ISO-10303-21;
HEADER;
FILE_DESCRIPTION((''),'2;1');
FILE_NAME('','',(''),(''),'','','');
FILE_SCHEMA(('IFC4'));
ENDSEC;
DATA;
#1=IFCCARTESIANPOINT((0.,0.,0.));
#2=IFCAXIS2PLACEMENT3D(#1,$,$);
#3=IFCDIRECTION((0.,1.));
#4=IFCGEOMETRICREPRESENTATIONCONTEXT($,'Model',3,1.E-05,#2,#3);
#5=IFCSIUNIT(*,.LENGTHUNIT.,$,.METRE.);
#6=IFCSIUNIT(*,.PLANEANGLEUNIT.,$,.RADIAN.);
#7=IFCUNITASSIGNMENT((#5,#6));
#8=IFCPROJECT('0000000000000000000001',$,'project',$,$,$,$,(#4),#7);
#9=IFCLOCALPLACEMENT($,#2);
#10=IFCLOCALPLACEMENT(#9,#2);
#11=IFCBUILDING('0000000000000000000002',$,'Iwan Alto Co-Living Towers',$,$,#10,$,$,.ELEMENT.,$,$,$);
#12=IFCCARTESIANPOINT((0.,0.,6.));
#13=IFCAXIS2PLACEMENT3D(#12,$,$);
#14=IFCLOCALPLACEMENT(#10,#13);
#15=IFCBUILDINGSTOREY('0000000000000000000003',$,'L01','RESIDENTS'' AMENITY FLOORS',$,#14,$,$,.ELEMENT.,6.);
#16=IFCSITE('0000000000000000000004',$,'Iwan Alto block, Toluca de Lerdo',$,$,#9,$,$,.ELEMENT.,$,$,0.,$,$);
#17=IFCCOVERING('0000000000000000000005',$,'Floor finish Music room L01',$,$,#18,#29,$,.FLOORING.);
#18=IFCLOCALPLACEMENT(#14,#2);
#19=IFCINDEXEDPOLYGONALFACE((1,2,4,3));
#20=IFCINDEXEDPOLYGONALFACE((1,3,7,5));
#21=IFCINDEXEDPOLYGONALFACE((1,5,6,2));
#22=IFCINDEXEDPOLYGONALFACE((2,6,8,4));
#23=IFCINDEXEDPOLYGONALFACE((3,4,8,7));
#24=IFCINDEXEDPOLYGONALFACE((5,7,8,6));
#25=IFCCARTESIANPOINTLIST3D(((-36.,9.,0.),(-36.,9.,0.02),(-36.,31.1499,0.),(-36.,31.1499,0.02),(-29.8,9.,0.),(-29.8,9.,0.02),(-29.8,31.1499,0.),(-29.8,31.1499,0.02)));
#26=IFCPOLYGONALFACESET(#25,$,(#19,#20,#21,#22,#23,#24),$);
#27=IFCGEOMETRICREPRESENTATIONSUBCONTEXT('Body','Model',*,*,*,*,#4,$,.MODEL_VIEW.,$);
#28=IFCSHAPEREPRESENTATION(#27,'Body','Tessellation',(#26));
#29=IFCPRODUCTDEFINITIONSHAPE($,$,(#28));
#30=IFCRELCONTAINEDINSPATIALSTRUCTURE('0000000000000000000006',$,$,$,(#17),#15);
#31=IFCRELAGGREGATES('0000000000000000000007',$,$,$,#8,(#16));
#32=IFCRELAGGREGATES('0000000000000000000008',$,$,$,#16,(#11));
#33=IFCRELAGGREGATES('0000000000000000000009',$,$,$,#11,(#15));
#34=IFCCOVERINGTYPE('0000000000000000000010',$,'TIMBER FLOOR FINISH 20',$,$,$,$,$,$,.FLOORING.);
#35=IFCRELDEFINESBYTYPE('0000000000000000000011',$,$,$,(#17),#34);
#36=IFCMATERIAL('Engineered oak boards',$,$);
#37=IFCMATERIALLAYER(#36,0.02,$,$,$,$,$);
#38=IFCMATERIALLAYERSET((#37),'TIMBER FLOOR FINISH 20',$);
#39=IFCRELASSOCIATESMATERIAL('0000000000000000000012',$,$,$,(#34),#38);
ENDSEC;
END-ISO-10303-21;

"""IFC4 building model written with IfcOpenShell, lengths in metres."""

from ifc_helpers import new_model, si_unit, direction, frame, origin, place, context, subcontext, project, spatial, polyline, outline, extrude, material, layer, layer_set, type_object, element, save


model = new_model("IFC4")

# Units and contexts
model_context = context("Model", 3, precision=1e-05, world=origin(), true_north=direction((0.0, 1.0)))
body_context = subcontext(model_context, "Body", "Model", "MODEL_VIEW")
ifc_project = project(units=[si_unit("LENGTHUNIT", "METRE"), si_unit("PLANEANGLEUNIT", "RADIAN")], contexts=[model_context])

# Site, building, storey
site_placement = place(None, origin())
site = spatial("IfcSite", under=ifc_project, at=site_placement, Name="Iwan Alto block, Toluca de Lerdo", CompositionType="ELEMENT", RefElevation=0.0)
building_placement = place(site_placement, origin())
building = spatial("IfcBuilding", under=site, at=building_placement, Name="Iwan Alto Co-Living Towers", CompositionType="ELEMENT")
storey_placement = place(building_placement, frame((0.0, 0.0, 6.0)))
storey = spatial("IfcBuildingStorey", under=building, at=storey_placement, Name="L01", Description="RESIDENTS' AMENITY FLOORS", CompositionType="ELEMENT", Elevation=6.0)

# Covering
ifc_material_1 = material(Name="Engineered oak boards")
ifc_layer_1 = layer(ifc_material_1, 0.02)
ifc_layer_set_1 = layer_set([ifc_layer_1], Name="TIMBER FLOOR FINISH 20")
covering_type_1 = type_object("IfcCoveringType", Name="TIMBER FLOOR FINISH 20", PredefinedType="FLOORING", material=ifc_layer_set_1)
covering_1_placement = place(storey_placement, origin())
element("IfcCovering", 1, at=covering_1_placement, inside=storey, type_object=covering_type_1, Name="Floor finish Music room L01", PredefinedType="FLOORING", context=body_context, shape_type="SweptSolid", body=[
    extrude(outline(polyline([(-29.8, 31.1499), (-29.8, 9.0), (-36.0, 9.0), (-36.0, 31.1499), (-29.8, 31.1499)])), origin(), (0.0, 0.0, 1.0), 0.02),
])

save(model, "model.ifc")
